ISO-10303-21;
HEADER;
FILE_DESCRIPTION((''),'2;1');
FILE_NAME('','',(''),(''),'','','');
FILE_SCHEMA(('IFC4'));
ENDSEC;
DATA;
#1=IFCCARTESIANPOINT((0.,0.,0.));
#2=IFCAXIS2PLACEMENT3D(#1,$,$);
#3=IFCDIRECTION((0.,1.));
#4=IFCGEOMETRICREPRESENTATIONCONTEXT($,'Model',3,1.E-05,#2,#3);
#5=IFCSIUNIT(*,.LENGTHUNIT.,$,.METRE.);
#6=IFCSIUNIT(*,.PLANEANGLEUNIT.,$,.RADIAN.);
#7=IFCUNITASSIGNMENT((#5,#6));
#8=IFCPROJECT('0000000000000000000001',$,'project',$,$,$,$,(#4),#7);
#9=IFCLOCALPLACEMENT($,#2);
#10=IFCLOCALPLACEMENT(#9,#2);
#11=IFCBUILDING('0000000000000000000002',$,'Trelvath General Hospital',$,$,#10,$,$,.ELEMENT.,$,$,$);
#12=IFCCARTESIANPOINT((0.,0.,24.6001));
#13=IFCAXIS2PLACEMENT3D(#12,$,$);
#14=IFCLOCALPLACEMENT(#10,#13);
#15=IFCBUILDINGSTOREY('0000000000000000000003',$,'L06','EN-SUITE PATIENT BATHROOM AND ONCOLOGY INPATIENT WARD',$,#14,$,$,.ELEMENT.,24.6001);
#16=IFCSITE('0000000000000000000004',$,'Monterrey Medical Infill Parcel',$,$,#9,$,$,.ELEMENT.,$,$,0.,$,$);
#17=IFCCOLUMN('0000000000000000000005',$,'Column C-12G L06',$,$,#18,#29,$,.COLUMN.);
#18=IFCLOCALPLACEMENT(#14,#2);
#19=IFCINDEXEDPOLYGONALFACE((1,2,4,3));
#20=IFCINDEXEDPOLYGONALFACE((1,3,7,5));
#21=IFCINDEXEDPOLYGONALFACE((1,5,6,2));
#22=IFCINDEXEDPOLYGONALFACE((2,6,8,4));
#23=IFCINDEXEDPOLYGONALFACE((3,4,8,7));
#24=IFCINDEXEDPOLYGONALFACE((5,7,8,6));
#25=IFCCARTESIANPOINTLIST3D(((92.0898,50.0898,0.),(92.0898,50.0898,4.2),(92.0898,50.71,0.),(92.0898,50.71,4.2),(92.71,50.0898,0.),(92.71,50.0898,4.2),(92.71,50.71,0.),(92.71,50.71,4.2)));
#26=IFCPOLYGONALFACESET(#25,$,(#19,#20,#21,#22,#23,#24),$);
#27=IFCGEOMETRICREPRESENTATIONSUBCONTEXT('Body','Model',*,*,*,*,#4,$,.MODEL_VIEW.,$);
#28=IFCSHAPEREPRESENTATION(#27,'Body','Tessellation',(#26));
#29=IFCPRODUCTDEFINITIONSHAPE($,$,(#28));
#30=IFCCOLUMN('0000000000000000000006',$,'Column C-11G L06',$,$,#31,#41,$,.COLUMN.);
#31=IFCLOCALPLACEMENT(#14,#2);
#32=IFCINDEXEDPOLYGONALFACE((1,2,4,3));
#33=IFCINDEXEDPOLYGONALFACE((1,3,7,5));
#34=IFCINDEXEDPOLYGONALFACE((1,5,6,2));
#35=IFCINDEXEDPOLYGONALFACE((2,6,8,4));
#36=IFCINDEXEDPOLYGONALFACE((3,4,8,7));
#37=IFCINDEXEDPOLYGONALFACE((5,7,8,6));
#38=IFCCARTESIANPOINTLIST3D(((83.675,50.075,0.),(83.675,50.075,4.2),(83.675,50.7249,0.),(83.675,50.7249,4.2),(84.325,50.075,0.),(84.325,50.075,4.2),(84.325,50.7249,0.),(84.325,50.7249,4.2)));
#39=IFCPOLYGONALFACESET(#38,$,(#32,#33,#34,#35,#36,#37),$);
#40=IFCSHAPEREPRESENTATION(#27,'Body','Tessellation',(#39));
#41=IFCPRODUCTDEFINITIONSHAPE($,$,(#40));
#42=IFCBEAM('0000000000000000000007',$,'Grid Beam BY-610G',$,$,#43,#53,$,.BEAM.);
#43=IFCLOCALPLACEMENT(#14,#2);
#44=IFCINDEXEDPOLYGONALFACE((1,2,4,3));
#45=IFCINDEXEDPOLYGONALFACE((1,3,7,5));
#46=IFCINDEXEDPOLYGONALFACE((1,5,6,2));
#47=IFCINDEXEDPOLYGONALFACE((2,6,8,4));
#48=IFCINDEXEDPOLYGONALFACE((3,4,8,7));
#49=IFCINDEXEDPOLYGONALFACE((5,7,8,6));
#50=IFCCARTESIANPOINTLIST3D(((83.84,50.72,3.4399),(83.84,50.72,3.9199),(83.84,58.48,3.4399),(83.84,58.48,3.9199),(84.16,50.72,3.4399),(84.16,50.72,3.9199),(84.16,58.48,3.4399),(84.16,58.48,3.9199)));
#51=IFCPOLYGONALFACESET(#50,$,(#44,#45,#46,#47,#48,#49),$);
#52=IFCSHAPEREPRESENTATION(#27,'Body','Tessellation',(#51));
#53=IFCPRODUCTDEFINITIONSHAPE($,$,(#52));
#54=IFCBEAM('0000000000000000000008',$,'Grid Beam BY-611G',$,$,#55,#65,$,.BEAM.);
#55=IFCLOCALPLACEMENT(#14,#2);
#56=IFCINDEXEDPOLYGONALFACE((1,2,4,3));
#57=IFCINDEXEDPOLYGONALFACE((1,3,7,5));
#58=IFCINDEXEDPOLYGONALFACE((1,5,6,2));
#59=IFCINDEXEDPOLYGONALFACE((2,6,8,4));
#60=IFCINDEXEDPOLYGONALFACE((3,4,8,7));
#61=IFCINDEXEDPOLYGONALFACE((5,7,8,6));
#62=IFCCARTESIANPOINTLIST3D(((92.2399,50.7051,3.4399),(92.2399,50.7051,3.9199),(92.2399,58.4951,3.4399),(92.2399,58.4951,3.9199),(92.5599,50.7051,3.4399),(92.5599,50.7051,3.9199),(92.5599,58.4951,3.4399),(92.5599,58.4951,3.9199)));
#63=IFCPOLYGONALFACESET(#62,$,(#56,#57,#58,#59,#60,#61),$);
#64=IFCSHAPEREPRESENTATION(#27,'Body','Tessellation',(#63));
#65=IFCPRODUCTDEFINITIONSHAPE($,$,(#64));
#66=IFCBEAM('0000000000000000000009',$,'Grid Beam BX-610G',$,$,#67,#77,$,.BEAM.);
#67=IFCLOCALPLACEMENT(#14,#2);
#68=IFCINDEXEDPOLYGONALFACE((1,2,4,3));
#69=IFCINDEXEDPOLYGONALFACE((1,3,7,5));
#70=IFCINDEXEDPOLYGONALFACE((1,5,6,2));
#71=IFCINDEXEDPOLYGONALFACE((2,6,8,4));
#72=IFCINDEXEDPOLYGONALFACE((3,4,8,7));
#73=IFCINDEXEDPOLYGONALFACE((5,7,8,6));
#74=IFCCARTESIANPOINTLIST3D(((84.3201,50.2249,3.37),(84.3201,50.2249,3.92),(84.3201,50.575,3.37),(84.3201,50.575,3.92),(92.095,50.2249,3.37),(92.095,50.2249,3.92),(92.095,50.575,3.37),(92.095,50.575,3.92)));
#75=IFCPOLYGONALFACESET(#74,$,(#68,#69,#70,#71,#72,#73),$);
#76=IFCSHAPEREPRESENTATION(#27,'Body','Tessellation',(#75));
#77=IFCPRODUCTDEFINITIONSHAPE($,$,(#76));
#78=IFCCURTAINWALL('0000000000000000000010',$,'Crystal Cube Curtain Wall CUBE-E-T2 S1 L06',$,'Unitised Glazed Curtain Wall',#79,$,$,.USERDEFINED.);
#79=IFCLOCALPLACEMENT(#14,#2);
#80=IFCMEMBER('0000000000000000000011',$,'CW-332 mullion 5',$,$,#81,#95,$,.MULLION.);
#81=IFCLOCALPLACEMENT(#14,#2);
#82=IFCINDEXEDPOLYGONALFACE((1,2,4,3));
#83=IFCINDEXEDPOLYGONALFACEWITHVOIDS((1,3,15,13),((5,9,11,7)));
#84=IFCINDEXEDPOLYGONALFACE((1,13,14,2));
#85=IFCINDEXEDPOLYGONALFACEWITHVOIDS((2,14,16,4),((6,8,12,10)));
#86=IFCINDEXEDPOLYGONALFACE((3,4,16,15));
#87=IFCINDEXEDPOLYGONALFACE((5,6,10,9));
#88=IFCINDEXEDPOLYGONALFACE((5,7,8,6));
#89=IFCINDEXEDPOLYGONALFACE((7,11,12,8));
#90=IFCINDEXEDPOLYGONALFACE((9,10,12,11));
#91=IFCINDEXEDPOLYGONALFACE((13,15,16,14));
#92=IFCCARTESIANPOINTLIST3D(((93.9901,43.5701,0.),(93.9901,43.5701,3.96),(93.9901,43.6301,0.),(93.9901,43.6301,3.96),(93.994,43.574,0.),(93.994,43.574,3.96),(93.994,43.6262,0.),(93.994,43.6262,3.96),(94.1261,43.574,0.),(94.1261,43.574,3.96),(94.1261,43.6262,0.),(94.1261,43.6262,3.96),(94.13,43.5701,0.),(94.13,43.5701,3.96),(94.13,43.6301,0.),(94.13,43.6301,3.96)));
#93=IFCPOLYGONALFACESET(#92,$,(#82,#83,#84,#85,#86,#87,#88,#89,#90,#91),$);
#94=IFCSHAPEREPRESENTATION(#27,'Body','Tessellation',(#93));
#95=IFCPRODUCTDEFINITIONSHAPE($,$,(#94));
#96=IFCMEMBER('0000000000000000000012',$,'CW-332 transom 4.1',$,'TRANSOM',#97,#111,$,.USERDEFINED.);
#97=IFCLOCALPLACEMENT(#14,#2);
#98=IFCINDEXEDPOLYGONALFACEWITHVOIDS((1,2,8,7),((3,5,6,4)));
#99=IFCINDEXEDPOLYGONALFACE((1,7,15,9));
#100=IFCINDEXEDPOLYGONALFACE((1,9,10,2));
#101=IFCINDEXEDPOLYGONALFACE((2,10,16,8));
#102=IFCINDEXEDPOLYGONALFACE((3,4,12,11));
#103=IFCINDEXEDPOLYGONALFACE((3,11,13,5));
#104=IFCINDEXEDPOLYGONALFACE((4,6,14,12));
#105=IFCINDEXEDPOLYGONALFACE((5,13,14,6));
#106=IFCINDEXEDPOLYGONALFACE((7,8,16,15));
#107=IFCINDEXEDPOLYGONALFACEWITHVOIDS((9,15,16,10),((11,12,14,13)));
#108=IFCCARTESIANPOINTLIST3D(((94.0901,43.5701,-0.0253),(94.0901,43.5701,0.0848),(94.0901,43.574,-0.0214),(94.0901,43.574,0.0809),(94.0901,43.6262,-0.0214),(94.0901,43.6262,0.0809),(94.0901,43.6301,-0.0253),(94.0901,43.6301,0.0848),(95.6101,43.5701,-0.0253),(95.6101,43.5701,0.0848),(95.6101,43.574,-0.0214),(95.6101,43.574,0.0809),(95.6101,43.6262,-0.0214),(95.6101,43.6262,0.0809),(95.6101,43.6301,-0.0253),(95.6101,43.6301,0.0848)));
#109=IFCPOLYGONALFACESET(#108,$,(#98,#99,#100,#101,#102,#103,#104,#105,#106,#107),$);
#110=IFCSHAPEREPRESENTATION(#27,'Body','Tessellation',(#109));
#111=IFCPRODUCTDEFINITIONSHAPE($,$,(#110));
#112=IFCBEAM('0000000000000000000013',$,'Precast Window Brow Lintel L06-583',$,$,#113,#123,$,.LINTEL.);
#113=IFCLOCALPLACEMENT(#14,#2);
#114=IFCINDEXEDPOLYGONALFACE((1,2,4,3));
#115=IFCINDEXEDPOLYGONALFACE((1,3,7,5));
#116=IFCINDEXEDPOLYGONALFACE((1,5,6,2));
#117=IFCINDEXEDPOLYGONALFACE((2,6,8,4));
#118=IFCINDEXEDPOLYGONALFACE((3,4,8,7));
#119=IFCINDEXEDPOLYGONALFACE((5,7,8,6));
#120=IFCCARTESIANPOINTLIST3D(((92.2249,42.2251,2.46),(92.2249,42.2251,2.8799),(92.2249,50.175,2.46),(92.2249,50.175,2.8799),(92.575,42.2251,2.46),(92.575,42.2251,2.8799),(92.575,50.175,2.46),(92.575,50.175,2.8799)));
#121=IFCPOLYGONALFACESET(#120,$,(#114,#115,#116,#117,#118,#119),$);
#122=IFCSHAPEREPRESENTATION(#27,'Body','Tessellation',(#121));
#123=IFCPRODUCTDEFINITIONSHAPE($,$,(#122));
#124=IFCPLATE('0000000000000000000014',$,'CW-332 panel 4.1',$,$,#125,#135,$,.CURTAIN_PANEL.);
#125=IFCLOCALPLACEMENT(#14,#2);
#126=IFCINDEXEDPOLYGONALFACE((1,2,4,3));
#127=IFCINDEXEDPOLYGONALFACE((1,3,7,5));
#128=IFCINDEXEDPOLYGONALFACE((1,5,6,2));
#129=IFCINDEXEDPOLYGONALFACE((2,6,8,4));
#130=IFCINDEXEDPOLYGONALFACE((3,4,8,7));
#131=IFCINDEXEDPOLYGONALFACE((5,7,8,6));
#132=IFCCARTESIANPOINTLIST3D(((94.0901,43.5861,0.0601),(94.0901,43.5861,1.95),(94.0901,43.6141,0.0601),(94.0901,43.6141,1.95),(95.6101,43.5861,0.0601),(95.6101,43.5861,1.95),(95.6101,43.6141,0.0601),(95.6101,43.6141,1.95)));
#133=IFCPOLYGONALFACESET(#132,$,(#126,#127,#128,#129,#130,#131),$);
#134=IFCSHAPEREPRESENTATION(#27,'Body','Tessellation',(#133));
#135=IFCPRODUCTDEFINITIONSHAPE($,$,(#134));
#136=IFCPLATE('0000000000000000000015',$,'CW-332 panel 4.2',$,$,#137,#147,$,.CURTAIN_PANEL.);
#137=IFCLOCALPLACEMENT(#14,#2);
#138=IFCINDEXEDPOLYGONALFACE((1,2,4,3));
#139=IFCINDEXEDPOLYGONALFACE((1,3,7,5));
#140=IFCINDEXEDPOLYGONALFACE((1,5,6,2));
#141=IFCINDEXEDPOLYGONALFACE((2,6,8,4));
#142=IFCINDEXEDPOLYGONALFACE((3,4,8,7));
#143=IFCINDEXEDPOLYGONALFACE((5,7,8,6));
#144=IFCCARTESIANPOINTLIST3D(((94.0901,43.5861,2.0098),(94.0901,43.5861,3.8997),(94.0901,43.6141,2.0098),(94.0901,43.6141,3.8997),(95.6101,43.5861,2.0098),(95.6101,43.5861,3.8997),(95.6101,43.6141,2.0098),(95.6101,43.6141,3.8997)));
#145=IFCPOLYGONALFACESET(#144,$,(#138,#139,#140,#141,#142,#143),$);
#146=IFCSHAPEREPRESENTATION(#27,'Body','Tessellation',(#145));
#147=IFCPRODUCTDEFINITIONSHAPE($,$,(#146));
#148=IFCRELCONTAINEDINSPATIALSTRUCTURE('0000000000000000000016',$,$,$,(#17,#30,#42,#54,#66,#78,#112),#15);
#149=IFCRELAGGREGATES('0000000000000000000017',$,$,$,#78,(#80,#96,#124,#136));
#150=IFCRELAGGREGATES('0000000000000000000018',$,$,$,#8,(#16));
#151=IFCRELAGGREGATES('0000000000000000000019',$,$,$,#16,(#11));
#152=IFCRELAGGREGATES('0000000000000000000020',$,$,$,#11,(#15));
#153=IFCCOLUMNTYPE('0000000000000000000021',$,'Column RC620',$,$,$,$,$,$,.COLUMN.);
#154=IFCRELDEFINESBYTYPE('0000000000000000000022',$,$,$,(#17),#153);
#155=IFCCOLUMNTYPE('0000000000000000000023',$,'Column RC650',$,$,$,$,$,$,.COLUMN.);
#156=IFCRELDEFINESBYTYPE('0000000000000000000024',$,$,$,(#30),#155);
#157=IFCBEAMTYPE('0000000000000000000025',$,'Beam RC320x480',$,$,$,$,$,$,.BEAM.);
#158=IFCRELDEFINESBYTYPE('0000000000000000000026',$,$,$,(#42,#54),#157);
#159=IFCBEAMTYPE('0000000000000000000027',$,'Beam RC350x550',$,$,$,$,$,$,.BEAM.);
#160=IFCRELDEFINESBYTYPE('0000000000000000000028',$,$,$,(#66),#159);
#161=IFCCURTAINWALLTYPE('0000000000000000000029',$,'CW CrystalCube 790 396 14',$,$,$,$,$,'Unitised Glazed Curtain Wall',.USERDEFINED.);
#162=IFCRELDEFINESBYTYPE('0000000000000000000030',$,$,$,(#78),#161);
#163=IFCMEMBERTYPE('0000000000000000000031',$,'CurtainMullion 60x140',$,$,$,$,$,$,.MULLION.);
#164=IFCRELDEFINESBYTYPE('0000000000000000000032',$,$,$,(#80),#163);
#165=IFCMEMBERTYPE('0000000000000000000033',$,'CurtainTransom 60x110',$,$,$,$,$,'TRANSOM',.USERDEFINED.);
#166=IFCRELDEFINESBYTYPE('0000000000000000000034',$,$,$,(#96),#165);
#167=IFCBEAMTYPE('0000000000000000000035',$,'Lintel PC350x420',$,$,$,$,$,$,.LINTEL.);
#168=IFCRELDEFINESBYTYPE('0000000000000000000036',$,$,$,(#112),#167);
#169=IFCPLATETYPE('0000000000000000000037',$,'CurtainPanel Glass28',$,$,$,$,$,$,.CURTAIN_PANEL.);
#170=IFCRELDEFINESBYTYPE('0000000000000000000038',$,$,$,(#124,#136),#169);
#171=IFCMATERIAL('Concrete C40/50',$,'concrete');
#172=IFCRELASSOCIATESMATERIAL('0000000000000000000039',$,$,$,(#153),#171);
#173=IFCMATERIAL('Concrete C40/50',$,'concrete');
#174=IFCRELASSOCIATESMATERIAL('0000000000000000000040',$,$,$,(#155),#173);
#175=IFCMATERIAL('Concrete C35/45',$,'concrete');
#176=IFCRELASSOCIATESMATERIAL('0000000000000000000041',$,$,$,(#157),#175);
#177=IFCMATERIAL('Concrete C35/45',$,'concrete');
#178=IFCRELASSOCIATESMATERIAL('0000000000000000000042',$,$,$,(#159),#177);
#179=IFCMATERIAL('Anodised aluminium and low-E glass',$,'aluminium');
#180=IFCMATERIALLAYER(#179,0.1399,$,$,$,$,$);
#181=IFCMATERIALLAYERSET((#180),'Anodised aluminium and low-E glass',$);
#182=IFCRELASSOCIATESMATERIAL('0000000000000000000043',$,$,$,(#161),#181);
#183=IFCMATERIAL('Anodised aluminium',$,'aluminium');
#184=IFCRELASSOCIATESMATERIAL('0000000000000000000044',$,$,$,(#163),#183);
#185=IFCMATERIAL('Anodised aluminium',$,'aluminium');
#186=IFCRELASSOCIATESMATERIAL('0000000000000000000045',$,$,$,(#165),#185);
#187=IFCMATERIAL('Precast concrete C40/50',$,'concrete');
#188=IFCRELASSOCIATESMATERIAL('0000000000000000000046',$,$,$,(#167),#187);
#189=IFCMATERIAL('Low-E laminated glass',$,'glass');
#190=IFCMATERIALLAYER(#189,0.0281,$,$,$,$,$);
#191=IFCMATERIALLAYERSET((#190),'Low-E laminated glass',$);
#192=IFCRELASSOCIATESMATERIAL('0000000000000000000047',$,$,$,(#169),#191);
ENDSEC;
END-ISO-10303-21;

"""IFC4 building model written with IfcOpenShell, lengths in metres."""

from ifc_helpers import new_model, si_unit, direction, frame, origin, origin_2d, place, context, subcontext, project, spatial, rectangle, hollow_rectangle, extrude, material, layer, layer_set, material_profile, profile_set, type_object, element, aggregate, save


model = new_model("IFC4")

# Units and contexts
model_context = context("Model", 3, precision=1e-05, world=origin(), true_north=direction((0.0, 1.0)))
body_context = subcontext(model_context, "Body", "Model", "MODEL_VIEW")
ifc_project = project(units=[si_unit("LENGTHUNIT", "METRE"), si_unit("PLANEANGLEUNIT", "RADIAN")], contexts=[model_context])

# Site, building, storey
site_placement = place(None, origin())
site = spatial("IfcSite", under=ifc_project, at=site_placement, Name="Monterrey Medical Infill Parcel", CompositionType="ELEMENT", RefElevation=0.0)
building_placement = place(site_placement, origin())
building = spatial("IfcBuilding", under=site, at=building_placement, Name="Trelvath General Hospital", CompositionType="ELEMENT")
storey_placement = place(building_placement, frame((0.0, 0.0, 24.6001)))
storey = spatial("IfcBuildingStorey", under=building, at=storey_placement, Name="L06", Description="EN-SUITE PATIENT BATHROOM AND ONCOLOGY INPATIENT WARD", CompositionType="ELEMENT", Elevation=24.6001)

# Columns
ifc_material_1 = material(Name="Concrete C40/50", Category="concrete")
ifc_material_profile_1 = material_profile(ifc_material_1, rectangle(XDim=0.6201, YDim=0.6201, at=origin_2d()), Name="RC620x620")
ifc_profile_set_1 = profile_set([ifc_material_profile_1], Name="Concrete C40/50")
column_type_1 = type_object("IfcColumnType", Name="Column RC620", PredefinedType="COLUMN", material=ifc_profile_set_1)
column_1_placement = place(storey_placement, frame((92.3999, 50.3999, 0.0), z_axis=(0.0, 0.0, 1.0), x_axis=(1.0, 0.0, 0.0)))
element("IfcColumn", 1, at=column_1_placement, inside=storey, type_object=column_type_1, Name="Column C-12G L06", PredefinedType="COLUMN", context=body_context, shape_type="SweptSolid", body=[
    extrude(rectangle(XDim=0.6201, YDim=0.6201, at=origin_2d()), origin(), (0.0, 0.0, 1.0), 4.2),
])
ifc_material_2 = material(Name="Concrete C40/50", Category="concrete")
ifc_material_profile_2 = material_profile(ifc_material_2, rectangle(XDim=0.6499, YDim=0.6499, at=origin_2d()), Name="RC650x650")
ifc_profile_set_2 = profile_set([ifc_material_profile_2], Name="Concrete C40/50")
column_type_2 = type_object("IfcColumnType", Name="Column RC650", PredefinedType="COLUMN", material=ifc_profile_set_2)
column_2_placement = place(storey_placement, frame((84.0, 50.3999, 0.0), z_axis=(0.0, 0.0, 1.0), x_axis=(1.0, 0.0, 0.0)))
element("IfcColumn", 2, at=column_2_placement, inside=storey, type_object=column_type_2, Name="Column C-11G L06", PredefinedType="COLUMN", context=body_context, shape_type="SweptSolid", body=[
    extrude(rectangle(XDim=0.6499, YDim=0.6499, at=origin_2d()), origin(), (0.0, 0.0, 1.0), 4.2),
])

# Beams
ifc_material_3 = material(Name="Concrete C35/45", Category="concrete")
ifc_material_profile_3 = material_profile(ifc_material_3, rectangle(XDim=0.3201, YDim=0.48, at=origin_2d()), Name="RCB320x480")
ifc_profile_set_3 = profile_set([ifc_material_profile_3], Name="Concrete C35/45")
beam_type_1 = type_object("IfcBeamType", Name="Beam RC320x480", PredefinedType="BEAM", material=ifc_profile_set_3)
beam_1_placement = place(storey_placement, frame((84.0, 50.72, 3.6799), z_axis=(0.0, 1.0, 0.0), x_axis=(-1.0, 0.0, 0.0)))
element("IfcBeam", 3, at=beam_1_placement, inside=storey, type_object=beam_type_1, Name="Grid Beam BY-610G", PredefinedType="BEAM", context=body_context, shape_type="SweptSolid", body=[
    extrude(rectangle(XDim=0.3201, YDim=0.48, at=origin_2d()), origin(), (0.0, 0.0, 1.0), 7.76),
])
beam_2_placement = place(storey_placement, frame((92.3999, 50.7051, 3.6799), z_axis=(0.0, 1.0, 0.0), x_axis=(-1.0, 0.0, 0.0)))
element("IfcBeam", 4, at=beam_2_placement, inside=storey, type_object=beam_type_1, Name="Grid Beam BY-611G", PredefinedType="BEAM", context=body_context, shape_type="SweptSolid", body=[
    extrude(rectangle(XDim=0.3201, YDim=0.48, at=origin_2d()), origin(), (0.0, 0.0, 1.0), 7.79),
])
ifc_material_4 = material(Name="Concrete C35/45", Category="concrete")
ifc_material_profile_4 = material_profile(ifc_material_4, rectangle(XDim=0.3501, YDim=0.55, at=origin_2d()), Name="RCB350x550")
ifc_profile_set_4 = profile_set([ifc_material_profile_4], Name="Concrete C35/45")
beam_type_2 = type_object("IfcBeamType", Name="Beam RC350x550", PredefinedType="BEAM", material=ifc_profile_set_4)
beam_3_placement = place(storey_placement, frame((84.3201, 50.3999, 3.645), z_axis=(1.0, 0.0, 0.0), x_axis=(0.0, 1.0, 0.0)))
element("IfcBeam", 5, at=beam_3_placement, inside=storey, type_object=beam_type_2, Name="Grid Beam BX-610G", PredefinedType="BEAM", context=body_context, shape_type="SweptSolid", body=[
    extrude(rectangle(XDim=0.3501, YDim=0.55, at=origin_2d()), origin(), (0.0, 0.0, 1.0), 7.7749),
])

# Curtain wall, members
ifc_material_5 = material(Name="Anodised aluminium and low-E glass", Category="aluminium")
ifc_layer_1 = layer(ifc_material_5, 0.1399)
ifc_layer_set_1 = layer_set([ifc_layer_1], Name="Anodised aluminium and low-E glass")
curtain_wall_type = type_object("IfcCurtainWallType", Name="CW CrystalCube 790 396 14", ElementType="Unitised Glazed Curtain Wall", PredefinedType="USERDEFINED", material=ifc_layer_set_1)
curtain_wall_placement = place(storey_placement, origin())
curtain_wall = element("IfcCurtainWall", 6, at=curtain_wall_placement, inside=storey, type_object=curtain_wall_type, Name="Crystal Cube Curtain Wall CUBE-E-T2 S1 L06", ObjectType="Unitised Glazed Curtain Wall", PredefinedType="USERDEFINED")
ifc_material_6 = material(Name="Anodised aluminium", Category="aluminium")
ifc_material_profile_5 = material_profile(ifc_material_6, hollow_rectangle(XDim=0.0601, YDim=0.1399, WallThickness=0.0039, at=origin_2d()), Name="RHS60x140x4")
ifc_profile_set_5 = profile_set([ifc_material_profile_5], Name="Anodised aluminium")
member_type_1 = type_object("IfcMemberType", Name="CurtainMullion 60x140", PredefinedType="MULLION", material=ifc_profile_set_5)
member_1_placement = place(storey_placement, frame((94.0601, 43.6001, 0.0), z_axis=(0.0, 0.0, 1.0), x_axis=(0.0, -1.0, 0.0)))
member_1 = element("IfcMember", 7, at=member_1_placement, type_object=member_type_1, Name="CW-332 mullion 5", PredefinedType="MULLION", context=body_context, shape_type="SweptSolid", body=[
    extrude(hollow_rectangle(XDim=0.0601, YDim=0.1399, WallThickness=0.0039, at=origin_2d()), origin(), (0.0, 0.0, 1.0), 3.96),
])
ifc_material_7 = material(Name="Anodised aluminium", Category="aluminium")
ifc_material_profile_6 = material_profile(ifc_material_7, hollow_rectangle(XDim=0.0601, YDim=0.1101, WallThickness=0.0039, at=origin_2d()), Name="RHS60x110x4")
ifc_profile_set_6 = profile_set([ifc_material_profile_6], Name="Anodised aluminium")
member_type_2 = type_object("IfcMemberType", Name="CurtainTransom 60x110", ElementType="TRANSOM", PredefinedType="USERDEFINED", material=ifc_profile_set_6)
member_2_placement = place(storey_placement, frame((95.6101, 43.6001, 0.0298), z_axis=(-1.0, 0.0, 0.0), x_axis=(0.0, -1.0, 0.0)))
member_2 = element("IfcMember", 8, at=member_2_placement, type_object=member_type_2, Name="CW-332 transom 4.1", ObjectType="TRANSOM", PredefinedType="USERDEFINED", context=body_context, shape_type="SweptSolid", body=[
    extrude(hollow_rectangle(XDim=0.0601, YDim=0.1101, WallThickness=0.0039, at=origin_2d()), origin(), (0.0, 0.0, 1.0), 1.52),
])

# Beam
ifc_material_8 = material(Name="Precast concrete C40/50", Category="concrete")
ifc_material_profile_7 = material_profile(ifc_material_8, rectangle(XDim=0.3501, YDim=0.4199, at=origin_2d()), Name="PCL350x420")
ifc_profile_set_7 = profile_set([ifc_material_profile_7], Name="Precast concrete C40/50")
beam_type_3 = type_object("IfcBeamType", Name="Lintel PC350x420", PredefinedType="LINTEL", material=ifc_profile_set_7)
beam_4_placement = place(storey_placement, frame((92.3999, 50.175, 2.6699), z_axis=(0.0, -1.0, 0.0), x_axis=(1.0, 0.0, 0.0)))
element("IfcBeam", 9, at=beam_4_placement, inside=storey, type_object=beam_type_3, Name="Precast Window Brow Lintel L06-583", PredefinedType="LINTEL", context=body_context, shape_type="SweptSolid", body=[
    extrude(rectangle(XDim=0.3501, YDim=0.4199, at=origin_2d()), origin(), (0.0, 0.0, 1.0), 7.95),
])

# Plates
ifc_material_9 = material(Name="Low-E laminated glass", Category="glass")
ifc_layer_2 = layer(ifc_material_9, 0.0281)
ifc_layer_set_2 = layer_set([ifc_layer_2], Name="Low-E laminated glass")
plate_type = type_object("IfcPlateType", Name="CurtainPanel Glass28", PredefinedType="CURTAIN_PANEL", material=ifc_layer_set_2)
plate_1_placement = place(storey_placement, frame((94.8501, 43.6001, 0.0601), z_axis=(0.0, 0.0, 1.0), x_axis=(-1.0, 0.0, 0.0)))
plate_1 = element("IfcPlate", 10, at=plate_1_placement, type_object=plate_type, Name="CW-332 panel 4.1", PredefinedType="CURTAIN_PANEL", context=body_context, shape_type="SweptSolid", body=[
    extrude(rectangle(XDim=1.52, YDim=0.0281, at=origin_2d()), origin(), (0.0, 0.0, 1.0), 1.8899),
])
plate_2_placement = place(storey_placement, frame((94.8501, 43.6001, 2.0098), z_axis=(0.0, 0.0, 1.0), x_axis=(-1.0, 0.0, 0.0)))
plate_2 = element("IfcPlate", 11, at=plate_2_placement, type_object=plate_type, Name="CW-332 panel 4.2", PredefinedType="CURTAIN_PANEL", context=body_context, shape_type="SweptSolid", body=[
    extrude(rectangle(XDim=1.52, YDim=0.0281, at=origin_2d()), origin(), (0.0, 0.0, 1.0), 1.8899),
])
aggregate(curtain_wall, [member_1, member_2, plate_1, plate_2])

save(model, "model.ifc")
